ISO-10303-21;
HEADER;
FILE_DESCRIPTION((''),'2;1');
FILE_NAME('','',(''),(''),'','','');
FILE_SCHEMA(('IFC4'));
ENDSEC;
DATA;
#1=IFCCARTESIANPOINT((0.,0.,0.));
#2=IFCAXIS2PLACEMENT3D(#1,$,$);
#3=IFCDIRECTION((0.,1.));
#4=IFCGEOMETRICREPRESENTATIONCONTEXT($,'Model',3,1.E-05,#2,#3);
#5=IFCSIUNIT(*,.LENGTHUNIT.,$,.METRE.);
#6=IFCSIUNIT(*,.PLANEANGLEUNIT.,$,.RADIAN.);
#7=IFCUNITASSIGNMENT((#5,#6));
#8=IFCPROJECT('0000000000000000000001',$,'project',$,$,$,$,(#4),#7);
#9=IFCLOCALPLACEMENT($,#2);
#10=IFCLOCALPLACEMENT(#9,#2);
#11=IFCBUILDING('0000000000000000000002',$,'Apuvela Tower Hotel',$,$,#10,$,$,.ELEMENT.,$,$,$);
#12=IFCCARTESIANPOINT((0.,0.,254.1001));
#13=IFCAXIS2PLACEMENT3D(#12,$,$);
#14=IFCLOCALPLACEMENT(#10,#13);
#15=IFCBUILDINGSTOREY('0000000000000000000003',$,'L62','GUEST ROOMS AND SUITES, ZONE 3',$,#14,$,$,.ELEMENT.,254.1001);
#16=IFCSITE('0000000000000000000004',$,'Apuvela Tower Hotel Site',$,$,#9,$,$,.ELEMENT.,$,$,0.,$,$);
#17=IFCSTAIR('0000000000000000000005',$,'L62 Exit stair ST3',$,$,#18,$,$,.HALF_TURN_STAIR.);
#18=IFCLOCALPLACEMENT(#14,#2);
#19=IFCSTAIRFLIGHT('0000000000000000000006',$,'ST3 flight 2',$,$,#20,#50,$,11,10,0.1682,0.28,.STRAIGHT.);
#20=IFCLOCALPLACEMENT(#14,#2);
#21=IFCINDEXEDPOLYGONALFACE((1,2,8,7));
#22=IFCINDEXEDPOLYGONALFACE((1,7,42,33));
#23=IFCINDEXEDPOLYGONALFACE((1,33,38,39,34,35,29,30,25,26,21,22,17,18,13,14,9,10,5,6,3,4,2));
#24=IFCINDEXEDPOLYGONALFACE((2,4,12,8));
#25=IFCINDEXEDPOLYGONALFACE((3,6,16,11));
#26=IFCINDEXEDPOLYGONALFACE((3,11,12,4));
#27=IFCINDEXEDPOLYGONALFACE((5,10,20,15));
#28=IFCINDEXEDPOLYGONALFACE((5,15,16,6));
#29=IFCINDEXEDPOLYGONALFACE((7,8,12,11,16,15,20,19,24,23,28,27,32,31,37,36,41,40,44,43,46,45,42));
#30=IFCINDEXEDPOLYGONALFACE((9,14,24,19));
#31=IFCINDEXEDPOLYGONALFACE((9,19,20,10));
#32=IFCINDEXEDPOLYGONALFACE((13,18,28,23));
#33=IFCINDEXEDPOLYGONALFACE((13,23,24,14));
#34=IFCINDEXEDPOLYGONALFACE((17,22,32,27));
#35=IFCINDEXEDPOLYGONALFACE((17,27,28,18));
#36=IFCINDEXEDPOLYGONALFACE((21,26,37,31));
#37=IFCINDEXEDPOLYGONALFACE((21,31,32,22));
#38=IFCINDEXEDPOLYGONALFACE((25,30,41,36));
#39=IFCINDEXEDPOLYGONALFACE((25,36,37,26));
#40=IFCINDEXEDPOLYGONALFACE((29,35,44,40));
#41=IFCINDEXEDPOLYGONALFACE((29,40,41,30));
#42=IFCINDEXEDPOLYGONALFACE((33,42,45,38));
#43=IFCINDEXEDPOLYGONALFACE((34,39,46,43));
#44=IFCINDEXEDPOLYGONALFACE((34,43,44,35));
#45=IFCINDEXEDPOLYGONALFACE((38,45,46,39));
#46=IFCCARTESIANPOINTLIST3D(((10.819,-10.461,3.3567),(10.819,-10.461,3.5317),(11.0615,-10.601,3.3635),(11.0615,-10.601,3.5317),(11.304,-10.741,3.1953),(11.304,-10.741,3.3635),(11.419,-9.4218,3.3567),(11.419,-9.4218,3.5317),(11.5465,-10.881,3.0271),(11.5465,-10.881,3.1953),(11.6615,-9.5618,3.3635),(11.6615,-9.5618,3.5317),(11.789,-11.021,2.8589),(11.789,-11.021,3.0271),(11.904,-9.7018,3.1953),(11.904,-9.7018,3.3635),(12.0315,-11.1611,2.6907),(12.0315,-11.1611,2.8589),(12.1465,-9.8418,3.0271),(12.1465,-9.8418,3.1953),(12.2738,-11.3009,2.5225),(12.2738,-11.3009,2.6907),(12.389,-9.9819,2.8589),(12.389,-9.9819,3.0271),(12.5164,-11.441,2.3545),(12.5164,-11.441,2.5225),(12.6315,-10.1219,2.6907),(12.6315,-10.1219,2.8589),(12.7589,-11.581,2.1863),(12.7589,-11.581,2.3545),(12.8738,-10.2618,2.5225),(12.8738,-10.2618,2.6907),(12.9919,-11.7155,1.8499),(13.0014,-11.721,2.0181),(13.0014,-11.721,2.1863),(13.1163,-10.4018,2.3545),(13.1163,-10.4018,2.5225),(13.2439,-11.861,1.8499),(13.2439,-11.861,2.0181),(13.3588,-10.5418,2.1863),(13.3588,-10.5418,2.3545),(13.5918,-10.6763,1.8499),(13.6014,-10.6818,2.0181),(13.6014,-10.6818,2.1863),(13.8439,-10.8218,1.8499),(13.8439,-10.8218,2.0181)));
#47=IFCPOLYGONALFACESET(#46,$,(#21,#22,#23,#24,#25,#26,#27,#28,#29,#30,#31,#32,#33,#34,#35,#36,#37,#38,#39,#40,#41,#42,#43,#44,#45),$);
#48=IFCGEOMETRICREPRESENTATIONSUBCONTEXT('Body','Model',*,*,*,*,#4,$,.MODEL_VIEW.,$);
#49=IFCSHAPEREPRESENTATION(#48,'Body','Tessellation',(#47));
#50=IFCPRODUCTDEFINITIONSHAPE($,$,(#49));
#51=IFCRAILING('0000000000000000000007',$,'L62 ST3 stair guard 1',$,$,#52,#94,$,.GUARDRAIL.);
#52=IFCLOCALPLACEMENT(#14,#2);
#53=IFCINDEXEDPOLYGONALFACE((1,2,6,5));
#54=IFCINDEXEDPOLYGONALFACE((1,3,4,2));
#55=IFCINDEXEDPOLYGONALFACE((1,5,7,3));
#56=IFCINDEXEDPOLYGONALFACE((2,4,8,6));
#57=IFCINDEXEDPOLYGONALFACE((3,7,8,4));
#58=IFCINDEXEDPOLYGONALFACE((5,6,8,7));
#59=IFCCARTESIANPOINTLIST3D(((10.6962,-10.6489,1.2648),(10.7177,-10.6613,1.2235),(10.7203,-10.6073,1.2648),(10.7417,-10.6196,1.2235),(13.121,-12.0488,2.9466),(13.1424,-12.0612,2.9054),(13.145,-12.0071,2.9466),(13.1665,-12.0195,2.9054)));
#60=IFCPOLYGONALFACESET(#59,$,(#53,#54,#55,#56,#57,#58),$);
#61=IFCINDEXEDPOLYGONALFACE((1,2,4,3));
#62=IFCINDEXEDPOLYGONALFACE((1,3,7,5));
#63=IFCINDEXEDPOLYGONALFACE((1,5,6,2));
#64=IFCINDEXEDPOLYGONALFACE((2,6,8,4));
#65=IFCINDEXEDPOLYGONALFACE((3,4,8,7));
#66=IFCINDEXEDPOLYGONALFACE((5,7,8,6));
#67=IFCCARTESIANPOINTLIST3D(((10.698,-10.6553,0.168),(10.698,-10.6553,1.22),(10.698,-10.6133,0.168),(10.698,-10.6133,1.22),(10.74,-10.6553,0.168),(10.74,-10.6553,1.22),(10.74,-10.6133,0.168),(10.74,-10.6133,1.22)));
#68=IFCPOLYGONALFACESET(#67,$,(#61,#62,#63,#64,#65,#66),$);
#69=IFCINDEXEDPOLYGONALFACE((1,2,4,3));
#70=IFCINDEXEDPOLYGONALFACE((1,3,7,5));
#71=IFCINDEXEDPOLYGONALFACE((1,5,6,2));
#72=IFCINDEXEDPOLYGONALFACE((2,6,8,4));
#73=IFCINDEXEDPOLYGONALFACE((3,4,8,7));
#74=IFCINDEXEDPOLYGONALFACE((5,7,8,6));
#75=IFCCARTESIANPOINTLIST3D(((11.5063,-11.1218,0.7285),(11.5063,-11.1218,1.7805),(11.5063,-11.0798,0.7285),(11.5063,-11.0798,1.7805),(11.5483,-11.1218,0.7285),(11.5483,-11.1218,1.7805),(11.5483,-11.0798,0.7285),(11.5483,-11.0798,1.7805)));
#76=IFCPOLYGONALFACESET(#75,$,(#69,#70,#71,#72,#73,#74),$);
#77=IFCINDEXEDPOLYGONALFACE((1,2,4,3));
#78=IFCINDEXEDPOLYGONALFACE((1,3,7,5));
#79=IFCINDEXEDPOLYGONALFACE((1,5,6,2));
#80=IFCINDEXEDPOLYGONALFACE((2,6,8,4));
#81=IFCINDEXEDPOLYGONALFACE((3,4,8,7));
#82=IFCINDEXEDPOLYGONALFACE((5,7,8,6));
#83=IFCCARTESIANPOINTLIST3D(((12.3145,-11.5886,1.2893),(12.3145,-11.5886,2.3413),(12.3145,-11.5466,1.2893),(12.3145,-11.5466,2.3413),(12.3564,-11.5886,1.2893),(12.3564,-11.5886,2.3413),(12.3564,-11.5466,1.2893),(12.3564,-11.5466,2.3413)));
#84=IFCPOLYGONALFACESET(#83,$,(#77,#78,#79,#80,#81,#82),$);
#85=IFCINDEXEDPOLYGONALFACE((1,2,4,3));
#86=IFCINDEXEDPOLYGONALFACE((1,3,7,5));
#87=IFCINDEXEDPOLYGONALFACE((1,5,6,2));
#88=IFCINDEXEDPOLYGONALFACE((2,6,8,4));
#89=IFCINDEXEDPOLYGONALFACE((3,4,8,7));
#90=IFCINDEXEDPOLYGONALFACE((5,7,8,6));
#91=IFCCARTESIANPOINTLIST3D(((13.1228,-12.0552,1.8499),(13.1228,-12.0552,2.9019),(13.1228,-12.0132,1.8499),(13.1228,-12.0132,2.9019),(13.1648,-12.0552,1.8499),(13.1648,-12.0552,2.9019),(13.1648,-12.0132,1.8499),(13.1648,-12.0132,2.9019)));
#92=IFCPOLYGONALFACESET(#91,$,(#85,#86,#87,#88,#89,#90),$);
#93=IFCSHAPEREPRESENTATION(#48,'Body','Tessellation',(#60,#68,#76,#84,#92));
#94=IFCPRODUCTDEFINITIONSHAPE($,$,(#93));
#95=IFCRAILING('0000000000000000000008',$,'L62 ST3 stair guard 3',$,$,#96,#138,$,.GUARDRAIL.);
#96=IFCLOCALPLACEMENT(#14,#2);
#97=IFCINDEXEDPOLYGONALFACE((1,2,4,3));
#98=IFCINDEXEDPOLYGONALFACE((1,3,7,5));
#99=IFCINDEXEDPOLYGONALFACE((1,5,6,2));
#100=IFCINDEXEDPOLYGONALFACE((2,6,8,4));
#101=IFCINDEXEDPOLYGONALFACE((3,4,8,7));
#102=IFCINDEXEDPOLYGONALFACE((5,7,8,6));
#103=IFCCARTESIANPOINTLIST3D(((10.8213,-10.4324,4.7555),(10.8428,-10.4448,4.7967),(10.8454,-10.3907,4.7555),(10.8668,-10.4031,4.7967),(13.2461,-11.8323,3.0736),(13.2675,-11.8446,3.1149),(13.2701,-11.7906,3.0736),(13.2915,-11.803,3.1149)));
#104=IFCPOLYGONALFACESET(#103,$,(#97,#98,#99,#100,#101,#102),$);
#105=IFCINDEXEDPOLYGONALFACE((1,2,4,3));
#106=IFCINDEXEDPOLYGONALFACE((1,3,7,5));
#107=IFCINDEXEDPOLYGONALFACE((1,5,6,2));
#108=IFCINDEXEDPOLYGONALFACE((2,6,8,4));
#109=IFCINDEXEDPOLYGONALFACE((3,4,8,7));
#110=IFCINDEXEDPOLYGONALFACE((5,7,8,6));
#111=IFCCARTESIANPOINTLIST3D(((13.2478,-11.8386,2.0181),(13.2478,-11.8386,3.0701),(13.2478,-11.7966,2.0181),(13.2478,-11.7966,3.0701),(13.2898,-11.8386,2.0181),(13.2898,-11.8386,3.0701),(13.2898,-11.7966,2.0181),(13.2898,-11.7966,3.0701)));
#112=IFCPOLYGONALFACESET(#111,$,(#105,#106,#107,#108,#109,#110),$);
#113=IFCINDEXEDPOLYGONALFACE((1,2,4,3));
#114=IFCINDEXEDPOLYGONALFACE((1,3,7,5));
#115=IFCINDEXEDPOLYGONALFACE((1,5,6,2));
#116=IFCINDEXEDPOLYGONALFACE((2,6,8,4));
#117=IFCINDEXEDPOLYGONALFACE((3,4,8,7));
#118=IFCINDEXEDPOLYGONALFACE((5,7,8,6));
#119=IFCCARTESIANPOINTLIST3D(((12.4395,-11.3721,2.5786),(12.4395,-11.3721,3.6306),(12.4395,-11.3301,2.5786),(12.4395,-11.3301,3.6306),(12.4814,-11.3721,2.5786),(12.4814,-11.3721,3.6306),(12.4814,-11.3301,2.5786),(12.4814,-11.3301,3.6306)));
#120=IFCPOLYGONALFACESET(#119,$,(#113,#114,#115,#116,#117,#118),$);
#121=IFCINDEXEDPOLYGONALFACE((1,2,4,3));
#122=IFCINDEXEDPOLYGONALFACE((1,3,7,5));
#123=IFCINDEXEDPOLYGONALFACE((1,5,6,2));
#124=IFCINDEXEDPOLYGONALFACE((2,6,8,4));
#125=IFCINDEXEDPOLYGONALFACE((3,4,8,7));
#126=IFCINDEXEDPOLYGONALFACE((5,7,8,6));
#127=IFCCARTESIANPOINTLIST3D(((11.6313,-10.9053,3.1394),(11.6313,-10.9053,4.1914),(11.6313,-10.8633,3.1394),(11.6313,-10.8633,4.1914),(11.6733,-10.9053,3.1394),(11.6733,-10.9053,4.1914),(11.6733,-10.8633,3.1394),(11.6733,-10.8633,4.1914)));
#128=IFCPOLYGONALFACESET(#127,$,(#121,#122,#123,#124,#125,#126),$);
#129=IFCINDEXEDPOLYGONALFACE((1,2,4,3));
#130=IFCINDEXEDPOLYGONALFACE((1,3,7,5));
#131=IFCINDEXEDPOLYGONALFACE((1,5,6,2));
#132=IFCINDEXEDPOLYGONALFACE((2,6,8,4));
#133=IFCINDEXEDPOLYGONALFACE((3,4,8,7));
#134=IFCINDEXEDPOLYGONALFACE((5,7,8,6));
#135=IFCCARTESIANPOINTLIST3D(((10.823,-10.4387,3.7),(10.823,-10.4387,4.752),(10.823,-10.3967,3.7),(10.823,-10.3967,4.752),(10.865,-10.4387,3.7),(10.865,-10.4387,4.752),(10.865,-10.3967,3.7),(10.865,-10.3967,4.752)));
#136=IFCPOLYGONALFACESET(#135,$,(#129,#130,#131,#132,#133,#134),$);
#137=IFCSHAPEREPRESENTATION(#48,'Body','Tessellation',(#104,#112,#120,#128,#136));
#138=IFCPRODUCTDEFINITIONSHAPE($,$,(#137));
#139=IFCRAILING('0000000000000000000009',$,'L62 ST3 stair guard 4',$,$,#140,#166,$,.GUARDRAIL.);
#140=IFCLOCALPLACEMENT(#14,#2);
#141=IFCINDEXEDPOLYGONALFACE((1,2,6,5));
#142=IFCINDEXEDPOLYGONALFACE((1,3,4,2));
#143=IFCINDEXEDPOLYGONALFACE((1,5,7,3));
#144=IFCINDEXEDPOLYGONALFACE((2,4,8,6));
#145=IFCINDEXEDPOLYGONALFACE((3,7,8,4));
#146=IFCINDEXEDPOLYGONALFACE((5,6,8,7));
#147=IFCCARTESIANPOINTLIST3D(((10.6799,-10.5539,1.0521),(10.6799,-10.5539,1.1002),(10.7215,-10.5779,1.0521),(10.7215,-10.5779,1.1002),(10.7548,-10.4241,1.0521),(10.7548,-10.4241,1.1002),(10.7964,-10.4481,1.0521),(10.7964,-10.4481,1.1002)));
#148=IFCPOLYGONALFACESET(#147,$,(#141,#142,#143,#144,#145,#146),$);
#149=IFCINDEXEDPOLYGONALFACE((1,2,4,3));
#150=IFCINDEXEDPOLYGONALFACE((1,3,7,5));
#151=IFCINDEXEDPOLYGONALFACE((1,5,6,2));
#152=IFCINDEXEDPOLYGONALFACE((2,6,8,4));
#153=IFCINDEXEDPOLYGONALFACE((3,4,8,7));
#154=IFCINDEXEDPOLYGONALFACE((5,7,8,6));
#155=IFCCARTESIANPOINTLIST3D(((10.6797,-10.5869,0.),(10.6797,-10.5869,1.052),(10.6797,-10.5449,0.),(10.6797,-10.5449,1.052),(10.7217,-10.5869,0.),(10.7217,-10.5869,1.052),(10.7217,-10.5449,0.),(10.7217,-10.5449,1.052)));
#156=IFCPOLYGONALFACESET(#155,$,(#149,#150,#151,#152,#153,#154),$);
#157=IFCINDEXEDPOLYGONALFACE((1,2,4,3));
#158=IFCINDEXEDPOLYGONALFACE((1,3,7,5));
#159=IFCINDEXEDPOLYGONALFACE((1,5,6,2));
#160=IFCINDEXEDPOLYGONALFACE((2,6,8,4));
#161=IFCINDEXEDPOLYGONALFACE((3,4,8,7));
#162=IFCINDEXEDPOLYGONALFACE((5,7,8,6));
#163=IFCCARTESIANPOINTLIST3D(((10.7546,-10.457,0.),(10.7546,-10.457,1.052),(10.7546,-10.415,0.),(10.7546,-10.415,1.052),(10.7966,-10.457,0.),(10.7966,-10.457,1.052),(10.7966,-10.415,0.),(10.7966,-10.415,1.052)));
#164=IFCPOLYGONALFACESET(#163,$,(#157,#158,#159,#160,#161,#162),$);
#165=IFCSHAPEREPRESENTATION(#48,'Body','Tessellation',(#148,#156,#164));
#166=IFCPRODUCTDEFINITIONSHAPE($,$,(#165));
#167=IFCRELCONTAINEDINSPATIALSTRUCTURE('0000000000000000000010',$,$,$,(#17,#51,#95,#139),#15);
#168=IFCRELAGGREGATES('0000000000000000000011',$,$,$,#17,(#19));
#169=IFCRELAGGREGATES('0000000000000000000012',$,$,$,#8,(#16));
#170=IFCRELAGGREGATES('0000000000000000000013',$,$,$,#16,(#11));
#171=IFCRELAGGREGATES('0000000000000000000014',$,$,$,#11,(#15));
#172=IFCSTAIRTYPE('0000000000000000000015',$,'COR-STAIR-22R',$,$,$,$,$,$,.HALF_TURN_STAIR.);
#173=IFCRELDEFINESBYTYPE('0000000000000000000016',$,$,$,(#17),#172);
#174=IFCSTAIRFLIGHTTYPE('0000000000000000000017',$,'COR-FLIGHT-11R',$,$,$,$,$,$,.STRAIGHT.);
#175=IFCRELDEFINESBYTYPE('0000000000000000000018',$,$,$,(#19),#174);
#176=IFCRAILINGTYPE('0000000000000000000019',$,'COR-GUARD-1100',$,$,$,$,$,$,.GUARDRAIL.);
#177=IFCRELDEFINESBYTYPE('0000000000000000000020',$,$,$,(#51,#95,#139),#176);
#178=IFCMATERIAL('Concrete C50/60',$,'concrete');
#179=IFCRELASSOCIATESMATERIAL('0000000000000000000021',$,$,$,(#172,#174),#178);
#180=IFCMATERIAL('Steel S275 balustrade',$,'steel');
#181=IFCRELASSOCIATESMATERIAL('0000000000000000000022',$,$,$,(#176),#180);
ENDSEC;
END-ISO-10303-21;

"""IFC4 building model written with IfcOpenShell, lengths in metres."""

from ifc_helpers import new_model, si_unit, direction, frame, origin, origin_2d, place, context, subcontext, project, spatial, polyline, rectangle, outline, extrude, material, type_object, element, aggregate, save


model = new_model("IFC4")

# Units and contexts
model_context = context("Model", 3, precision=1e-05, world=origin(), true_north=direction((0.0, 1.0)))
body_context = subcontext(model_context, "Body", "Model", "MODEL_VIEW")
ifc_project = project(units=[si_unit("LENGTHUNIT", "METRE"), si_unit("PLANEANGLEUNIT", "RADIAN")], contexts=[model_context])

# Site, building, storey
site_placement = place(None, origin())
site = spatial("IfcSite", under=ifc_project, at=site_placement, Name="Apuvela Tower Hotel Site", CompositionType="ELEMENT", RefElevation=0.0)
building_placement = place(site_placement, origin())
building = spatial("IfcBuilding", under=site, at=building_placement, Name="Apuvela Tower Hotel", CompositionType="ELEMENT")
storey_placement = place(building_placement, frame((0.0, 0.0, 254.1001)))
storey = spatial("IfcBuildingStorey", under=building, at=storey_placement, Name="L62", Description="GUEST ROOMS AND SUITES, ZONE 3", CompositionType="ELEMENT", Elevation=254.1001)

# Shared definitions
ifc_material_1 = material(Name="Concrete C50/60", Category="concrete")

# Stair, stair flight
stair_type = type_object("IfcStairType", Name="COR-STAIR-22R", PredefinedType="HALF_TURN_STAIR", material=ifc_material_1)
stair_placement = place(storey_placement, origin())
stair = element("IfcStair", 1, at=stair_placement, inside=storey, type_object=stair_type, Name="L62 Exit stair ST3", PredefinedType="HALF_TURN_STAIR")
stair_flight_type = type_object("IfcStairFlightType", Name="COR-FLIGHT-11R", PredefinedType="STRAIGHT", material=ifc_material_1)
stair_flight_1_placement = place(storey_placement, frame((13.5439, -11.3413, 1.8499), z_axis=(0.0, 0.0, 1.0), x_axis=(-0.866025, 0.5, 0.0)))
stair_flight_1 = element("IfcStairFlight", 2, at=stair_flight_1_placement, type_object=stair_flight_type, Name="ST3 flight 2", NumberOfRisers=11, NumberOfTreads=10, PredefinedType="STRAIGHT", RiserHeight=0.1682, TreadLength=0.28, context=body_context, shape_type="SweptSolid", body=[
    extrude(outline(polyline([(0.0, 0.0), (0.0, 0.1682), (0.28, 0.1682), (0.28, 0.3364), (0.5601, 0.3364), (0.5601, 0.5046), (0.8401, 0.5046), (0.8401, 0.6726), (1.1201, 0.6726), (1.1201, 0.8408), (1.3999, 0.8408), (1.3999, 1.009), (1.6799, 1.009), (1.6799, 1.1772), (1.96, 1.1772), (1.96, 1.3455), (2.24, 1.3455), (2.24, 1.5137), (2.52, 1.5137), (2.52, 1.6819), (2.8, 1.6819), (2.8, 1.8501), (2.8, 1.5068), (0.291, 0.0), (0.0, 0.0)])), frame((0.0, 0.6001, 0.0), z_axis=(0.0, -1.0, 0.0), x_axis=(1.0, 0.0, 0.0)), (0.0, 0.0, 1.0), 1.2),
])
aggregate(stair, [stair_flight_1])

# Railings
ifc_material_2 = material(Name="Steel S275 balustrade", Category="steel")
railing_type_1 = type_object("IfcRailingType", Name="COR-GUARD-1100", PredefinedType="GUARDRAIL", material=ifc_material_2)
railing_1_placement = place(storey_placement, frame((10.719, -10.6343, 0.168)))
element("IfcRailing", 3, at=railing_1_placement, inside=storey, type_object=railing_type_1, Name="L62 ST3 stair guard 1", PredefinedType="GUARDRAIL", context=body_context, shape_type="SweptSolid", body=[
    extrude(rectangle(XDim=0.0481, YDim=0.0481, at=origin_2d()), frame((0.0, 0.0, 1.0762), z_axis=(0.74239, -0.428601, 0.514934), x_axis=(0.499984, 0.866035, 0.0)), (0.0, 0.0, 1.0), 3.2661),
    extrude(rectangle(XDim=0.042, YDim=0.042, at=origin_2d()), origin(), (0.0, 0.0, 1.0), 1.052),
    extrude(rectangle(XDim=0.042, YDim=0.042, at=origin_2d()), frame((0.8083, -0.4666, 0.5605)), (0.0, 0.0, 1.0), 1.052),
    extrude(rectangle(XDim=0.042, YDim=0.042, at=origin_2d()), frame((1.6165, -0.9333, 1.1213)), (0.0, 0.0, 1.0), 1.052),
    extrude(rectangle(XDim=0.042, YDim=0.042, at=origin_2d()), frame((2.4248, -1.3999, 1.6819)), (0.0, 0.0, 1.0), 1.052),
])
railing_2_placement = place(storey_placement, frame((13.2688, -11.8176, 2.0181)))
element("IfcRailing", 4, at=railing_2_placement, inside=storey, type_object=railing_type_1, Name="L62 ST3 stair guard 3", PredefinedType="GUARDRAIL", context=body_context, shape_type="SweptSolid", body=[
    extrude(rectangle(XDim=0.0481, YDim=0.0481, at=origin_2d()), frame((0.0, 0.0, 1.0762), z_axis=(-0.74239, 0.428601, 0.514934), x_axis=(-0.499984, -0.866035, 0.0)), (0.0, 0.0, 1.0), 3.2661),
    extrude(rectangle(XDim=0.042, YDim=0.042, at=origin_2d()), origin(), (0.0, 0.0, 1.0), 1.052),
    extrude(rectangle(XDim=0.042, YDim=0.042, at=origin_2d()), frame((-0.8083, 0.4666, 0.5605)), (0.0, 0.0, 1.0), 1.052),
    extrude(rectangle(XDim=0.042, YDim=0.042, at=origin_2d()), frame((-1.6165, 0.9333, 1.1213)), (0.0, 0.0, 1.0), 1.052),
    extrude(rectangle(XDim=0.042, YDim=0.042, at=origin_2d()), frame((-2.4248, 1.3999, 1.6819)), (0.0, 0.0, 1.0), 1.052),
])
railing_3_placement = place(storey_placement, frame((10.7007, -10.5659, 0.0)))
element("IfcRailing", 5, at=railing_3_placement, inside=storey, type_object=railing_type_1, Name="L62 ST3 stair guard 4", PredefinedType="GUARDRAIL", context=body_context, shape_type="SweptSolid", body=[
    extrude(rectangle(XDim=0.0481, YDim=0.0481, at=origin_2d()), frame((0.0, 0.0, 1.0762), z_axis=(0.499816, 0.866131, 0.0), x_axis=(-0.866131, 0.499816, 0.0)), (0.0, 0.0, 1.0), 0.1499),
    extrude(rectangle(XDim=0.042, YDim=0.042, at=origin_2d()), origin(), (0.0, 0.0, 1.0), 1.052),
    extrude(rectangle(XDim=0.042, YDim=0.042, at=origin_2d()), frame((0.075, 0.1299, 0.0)), (0.0, 0.0, 1.0), 1.052),
])

save(model, "model.ifc")
